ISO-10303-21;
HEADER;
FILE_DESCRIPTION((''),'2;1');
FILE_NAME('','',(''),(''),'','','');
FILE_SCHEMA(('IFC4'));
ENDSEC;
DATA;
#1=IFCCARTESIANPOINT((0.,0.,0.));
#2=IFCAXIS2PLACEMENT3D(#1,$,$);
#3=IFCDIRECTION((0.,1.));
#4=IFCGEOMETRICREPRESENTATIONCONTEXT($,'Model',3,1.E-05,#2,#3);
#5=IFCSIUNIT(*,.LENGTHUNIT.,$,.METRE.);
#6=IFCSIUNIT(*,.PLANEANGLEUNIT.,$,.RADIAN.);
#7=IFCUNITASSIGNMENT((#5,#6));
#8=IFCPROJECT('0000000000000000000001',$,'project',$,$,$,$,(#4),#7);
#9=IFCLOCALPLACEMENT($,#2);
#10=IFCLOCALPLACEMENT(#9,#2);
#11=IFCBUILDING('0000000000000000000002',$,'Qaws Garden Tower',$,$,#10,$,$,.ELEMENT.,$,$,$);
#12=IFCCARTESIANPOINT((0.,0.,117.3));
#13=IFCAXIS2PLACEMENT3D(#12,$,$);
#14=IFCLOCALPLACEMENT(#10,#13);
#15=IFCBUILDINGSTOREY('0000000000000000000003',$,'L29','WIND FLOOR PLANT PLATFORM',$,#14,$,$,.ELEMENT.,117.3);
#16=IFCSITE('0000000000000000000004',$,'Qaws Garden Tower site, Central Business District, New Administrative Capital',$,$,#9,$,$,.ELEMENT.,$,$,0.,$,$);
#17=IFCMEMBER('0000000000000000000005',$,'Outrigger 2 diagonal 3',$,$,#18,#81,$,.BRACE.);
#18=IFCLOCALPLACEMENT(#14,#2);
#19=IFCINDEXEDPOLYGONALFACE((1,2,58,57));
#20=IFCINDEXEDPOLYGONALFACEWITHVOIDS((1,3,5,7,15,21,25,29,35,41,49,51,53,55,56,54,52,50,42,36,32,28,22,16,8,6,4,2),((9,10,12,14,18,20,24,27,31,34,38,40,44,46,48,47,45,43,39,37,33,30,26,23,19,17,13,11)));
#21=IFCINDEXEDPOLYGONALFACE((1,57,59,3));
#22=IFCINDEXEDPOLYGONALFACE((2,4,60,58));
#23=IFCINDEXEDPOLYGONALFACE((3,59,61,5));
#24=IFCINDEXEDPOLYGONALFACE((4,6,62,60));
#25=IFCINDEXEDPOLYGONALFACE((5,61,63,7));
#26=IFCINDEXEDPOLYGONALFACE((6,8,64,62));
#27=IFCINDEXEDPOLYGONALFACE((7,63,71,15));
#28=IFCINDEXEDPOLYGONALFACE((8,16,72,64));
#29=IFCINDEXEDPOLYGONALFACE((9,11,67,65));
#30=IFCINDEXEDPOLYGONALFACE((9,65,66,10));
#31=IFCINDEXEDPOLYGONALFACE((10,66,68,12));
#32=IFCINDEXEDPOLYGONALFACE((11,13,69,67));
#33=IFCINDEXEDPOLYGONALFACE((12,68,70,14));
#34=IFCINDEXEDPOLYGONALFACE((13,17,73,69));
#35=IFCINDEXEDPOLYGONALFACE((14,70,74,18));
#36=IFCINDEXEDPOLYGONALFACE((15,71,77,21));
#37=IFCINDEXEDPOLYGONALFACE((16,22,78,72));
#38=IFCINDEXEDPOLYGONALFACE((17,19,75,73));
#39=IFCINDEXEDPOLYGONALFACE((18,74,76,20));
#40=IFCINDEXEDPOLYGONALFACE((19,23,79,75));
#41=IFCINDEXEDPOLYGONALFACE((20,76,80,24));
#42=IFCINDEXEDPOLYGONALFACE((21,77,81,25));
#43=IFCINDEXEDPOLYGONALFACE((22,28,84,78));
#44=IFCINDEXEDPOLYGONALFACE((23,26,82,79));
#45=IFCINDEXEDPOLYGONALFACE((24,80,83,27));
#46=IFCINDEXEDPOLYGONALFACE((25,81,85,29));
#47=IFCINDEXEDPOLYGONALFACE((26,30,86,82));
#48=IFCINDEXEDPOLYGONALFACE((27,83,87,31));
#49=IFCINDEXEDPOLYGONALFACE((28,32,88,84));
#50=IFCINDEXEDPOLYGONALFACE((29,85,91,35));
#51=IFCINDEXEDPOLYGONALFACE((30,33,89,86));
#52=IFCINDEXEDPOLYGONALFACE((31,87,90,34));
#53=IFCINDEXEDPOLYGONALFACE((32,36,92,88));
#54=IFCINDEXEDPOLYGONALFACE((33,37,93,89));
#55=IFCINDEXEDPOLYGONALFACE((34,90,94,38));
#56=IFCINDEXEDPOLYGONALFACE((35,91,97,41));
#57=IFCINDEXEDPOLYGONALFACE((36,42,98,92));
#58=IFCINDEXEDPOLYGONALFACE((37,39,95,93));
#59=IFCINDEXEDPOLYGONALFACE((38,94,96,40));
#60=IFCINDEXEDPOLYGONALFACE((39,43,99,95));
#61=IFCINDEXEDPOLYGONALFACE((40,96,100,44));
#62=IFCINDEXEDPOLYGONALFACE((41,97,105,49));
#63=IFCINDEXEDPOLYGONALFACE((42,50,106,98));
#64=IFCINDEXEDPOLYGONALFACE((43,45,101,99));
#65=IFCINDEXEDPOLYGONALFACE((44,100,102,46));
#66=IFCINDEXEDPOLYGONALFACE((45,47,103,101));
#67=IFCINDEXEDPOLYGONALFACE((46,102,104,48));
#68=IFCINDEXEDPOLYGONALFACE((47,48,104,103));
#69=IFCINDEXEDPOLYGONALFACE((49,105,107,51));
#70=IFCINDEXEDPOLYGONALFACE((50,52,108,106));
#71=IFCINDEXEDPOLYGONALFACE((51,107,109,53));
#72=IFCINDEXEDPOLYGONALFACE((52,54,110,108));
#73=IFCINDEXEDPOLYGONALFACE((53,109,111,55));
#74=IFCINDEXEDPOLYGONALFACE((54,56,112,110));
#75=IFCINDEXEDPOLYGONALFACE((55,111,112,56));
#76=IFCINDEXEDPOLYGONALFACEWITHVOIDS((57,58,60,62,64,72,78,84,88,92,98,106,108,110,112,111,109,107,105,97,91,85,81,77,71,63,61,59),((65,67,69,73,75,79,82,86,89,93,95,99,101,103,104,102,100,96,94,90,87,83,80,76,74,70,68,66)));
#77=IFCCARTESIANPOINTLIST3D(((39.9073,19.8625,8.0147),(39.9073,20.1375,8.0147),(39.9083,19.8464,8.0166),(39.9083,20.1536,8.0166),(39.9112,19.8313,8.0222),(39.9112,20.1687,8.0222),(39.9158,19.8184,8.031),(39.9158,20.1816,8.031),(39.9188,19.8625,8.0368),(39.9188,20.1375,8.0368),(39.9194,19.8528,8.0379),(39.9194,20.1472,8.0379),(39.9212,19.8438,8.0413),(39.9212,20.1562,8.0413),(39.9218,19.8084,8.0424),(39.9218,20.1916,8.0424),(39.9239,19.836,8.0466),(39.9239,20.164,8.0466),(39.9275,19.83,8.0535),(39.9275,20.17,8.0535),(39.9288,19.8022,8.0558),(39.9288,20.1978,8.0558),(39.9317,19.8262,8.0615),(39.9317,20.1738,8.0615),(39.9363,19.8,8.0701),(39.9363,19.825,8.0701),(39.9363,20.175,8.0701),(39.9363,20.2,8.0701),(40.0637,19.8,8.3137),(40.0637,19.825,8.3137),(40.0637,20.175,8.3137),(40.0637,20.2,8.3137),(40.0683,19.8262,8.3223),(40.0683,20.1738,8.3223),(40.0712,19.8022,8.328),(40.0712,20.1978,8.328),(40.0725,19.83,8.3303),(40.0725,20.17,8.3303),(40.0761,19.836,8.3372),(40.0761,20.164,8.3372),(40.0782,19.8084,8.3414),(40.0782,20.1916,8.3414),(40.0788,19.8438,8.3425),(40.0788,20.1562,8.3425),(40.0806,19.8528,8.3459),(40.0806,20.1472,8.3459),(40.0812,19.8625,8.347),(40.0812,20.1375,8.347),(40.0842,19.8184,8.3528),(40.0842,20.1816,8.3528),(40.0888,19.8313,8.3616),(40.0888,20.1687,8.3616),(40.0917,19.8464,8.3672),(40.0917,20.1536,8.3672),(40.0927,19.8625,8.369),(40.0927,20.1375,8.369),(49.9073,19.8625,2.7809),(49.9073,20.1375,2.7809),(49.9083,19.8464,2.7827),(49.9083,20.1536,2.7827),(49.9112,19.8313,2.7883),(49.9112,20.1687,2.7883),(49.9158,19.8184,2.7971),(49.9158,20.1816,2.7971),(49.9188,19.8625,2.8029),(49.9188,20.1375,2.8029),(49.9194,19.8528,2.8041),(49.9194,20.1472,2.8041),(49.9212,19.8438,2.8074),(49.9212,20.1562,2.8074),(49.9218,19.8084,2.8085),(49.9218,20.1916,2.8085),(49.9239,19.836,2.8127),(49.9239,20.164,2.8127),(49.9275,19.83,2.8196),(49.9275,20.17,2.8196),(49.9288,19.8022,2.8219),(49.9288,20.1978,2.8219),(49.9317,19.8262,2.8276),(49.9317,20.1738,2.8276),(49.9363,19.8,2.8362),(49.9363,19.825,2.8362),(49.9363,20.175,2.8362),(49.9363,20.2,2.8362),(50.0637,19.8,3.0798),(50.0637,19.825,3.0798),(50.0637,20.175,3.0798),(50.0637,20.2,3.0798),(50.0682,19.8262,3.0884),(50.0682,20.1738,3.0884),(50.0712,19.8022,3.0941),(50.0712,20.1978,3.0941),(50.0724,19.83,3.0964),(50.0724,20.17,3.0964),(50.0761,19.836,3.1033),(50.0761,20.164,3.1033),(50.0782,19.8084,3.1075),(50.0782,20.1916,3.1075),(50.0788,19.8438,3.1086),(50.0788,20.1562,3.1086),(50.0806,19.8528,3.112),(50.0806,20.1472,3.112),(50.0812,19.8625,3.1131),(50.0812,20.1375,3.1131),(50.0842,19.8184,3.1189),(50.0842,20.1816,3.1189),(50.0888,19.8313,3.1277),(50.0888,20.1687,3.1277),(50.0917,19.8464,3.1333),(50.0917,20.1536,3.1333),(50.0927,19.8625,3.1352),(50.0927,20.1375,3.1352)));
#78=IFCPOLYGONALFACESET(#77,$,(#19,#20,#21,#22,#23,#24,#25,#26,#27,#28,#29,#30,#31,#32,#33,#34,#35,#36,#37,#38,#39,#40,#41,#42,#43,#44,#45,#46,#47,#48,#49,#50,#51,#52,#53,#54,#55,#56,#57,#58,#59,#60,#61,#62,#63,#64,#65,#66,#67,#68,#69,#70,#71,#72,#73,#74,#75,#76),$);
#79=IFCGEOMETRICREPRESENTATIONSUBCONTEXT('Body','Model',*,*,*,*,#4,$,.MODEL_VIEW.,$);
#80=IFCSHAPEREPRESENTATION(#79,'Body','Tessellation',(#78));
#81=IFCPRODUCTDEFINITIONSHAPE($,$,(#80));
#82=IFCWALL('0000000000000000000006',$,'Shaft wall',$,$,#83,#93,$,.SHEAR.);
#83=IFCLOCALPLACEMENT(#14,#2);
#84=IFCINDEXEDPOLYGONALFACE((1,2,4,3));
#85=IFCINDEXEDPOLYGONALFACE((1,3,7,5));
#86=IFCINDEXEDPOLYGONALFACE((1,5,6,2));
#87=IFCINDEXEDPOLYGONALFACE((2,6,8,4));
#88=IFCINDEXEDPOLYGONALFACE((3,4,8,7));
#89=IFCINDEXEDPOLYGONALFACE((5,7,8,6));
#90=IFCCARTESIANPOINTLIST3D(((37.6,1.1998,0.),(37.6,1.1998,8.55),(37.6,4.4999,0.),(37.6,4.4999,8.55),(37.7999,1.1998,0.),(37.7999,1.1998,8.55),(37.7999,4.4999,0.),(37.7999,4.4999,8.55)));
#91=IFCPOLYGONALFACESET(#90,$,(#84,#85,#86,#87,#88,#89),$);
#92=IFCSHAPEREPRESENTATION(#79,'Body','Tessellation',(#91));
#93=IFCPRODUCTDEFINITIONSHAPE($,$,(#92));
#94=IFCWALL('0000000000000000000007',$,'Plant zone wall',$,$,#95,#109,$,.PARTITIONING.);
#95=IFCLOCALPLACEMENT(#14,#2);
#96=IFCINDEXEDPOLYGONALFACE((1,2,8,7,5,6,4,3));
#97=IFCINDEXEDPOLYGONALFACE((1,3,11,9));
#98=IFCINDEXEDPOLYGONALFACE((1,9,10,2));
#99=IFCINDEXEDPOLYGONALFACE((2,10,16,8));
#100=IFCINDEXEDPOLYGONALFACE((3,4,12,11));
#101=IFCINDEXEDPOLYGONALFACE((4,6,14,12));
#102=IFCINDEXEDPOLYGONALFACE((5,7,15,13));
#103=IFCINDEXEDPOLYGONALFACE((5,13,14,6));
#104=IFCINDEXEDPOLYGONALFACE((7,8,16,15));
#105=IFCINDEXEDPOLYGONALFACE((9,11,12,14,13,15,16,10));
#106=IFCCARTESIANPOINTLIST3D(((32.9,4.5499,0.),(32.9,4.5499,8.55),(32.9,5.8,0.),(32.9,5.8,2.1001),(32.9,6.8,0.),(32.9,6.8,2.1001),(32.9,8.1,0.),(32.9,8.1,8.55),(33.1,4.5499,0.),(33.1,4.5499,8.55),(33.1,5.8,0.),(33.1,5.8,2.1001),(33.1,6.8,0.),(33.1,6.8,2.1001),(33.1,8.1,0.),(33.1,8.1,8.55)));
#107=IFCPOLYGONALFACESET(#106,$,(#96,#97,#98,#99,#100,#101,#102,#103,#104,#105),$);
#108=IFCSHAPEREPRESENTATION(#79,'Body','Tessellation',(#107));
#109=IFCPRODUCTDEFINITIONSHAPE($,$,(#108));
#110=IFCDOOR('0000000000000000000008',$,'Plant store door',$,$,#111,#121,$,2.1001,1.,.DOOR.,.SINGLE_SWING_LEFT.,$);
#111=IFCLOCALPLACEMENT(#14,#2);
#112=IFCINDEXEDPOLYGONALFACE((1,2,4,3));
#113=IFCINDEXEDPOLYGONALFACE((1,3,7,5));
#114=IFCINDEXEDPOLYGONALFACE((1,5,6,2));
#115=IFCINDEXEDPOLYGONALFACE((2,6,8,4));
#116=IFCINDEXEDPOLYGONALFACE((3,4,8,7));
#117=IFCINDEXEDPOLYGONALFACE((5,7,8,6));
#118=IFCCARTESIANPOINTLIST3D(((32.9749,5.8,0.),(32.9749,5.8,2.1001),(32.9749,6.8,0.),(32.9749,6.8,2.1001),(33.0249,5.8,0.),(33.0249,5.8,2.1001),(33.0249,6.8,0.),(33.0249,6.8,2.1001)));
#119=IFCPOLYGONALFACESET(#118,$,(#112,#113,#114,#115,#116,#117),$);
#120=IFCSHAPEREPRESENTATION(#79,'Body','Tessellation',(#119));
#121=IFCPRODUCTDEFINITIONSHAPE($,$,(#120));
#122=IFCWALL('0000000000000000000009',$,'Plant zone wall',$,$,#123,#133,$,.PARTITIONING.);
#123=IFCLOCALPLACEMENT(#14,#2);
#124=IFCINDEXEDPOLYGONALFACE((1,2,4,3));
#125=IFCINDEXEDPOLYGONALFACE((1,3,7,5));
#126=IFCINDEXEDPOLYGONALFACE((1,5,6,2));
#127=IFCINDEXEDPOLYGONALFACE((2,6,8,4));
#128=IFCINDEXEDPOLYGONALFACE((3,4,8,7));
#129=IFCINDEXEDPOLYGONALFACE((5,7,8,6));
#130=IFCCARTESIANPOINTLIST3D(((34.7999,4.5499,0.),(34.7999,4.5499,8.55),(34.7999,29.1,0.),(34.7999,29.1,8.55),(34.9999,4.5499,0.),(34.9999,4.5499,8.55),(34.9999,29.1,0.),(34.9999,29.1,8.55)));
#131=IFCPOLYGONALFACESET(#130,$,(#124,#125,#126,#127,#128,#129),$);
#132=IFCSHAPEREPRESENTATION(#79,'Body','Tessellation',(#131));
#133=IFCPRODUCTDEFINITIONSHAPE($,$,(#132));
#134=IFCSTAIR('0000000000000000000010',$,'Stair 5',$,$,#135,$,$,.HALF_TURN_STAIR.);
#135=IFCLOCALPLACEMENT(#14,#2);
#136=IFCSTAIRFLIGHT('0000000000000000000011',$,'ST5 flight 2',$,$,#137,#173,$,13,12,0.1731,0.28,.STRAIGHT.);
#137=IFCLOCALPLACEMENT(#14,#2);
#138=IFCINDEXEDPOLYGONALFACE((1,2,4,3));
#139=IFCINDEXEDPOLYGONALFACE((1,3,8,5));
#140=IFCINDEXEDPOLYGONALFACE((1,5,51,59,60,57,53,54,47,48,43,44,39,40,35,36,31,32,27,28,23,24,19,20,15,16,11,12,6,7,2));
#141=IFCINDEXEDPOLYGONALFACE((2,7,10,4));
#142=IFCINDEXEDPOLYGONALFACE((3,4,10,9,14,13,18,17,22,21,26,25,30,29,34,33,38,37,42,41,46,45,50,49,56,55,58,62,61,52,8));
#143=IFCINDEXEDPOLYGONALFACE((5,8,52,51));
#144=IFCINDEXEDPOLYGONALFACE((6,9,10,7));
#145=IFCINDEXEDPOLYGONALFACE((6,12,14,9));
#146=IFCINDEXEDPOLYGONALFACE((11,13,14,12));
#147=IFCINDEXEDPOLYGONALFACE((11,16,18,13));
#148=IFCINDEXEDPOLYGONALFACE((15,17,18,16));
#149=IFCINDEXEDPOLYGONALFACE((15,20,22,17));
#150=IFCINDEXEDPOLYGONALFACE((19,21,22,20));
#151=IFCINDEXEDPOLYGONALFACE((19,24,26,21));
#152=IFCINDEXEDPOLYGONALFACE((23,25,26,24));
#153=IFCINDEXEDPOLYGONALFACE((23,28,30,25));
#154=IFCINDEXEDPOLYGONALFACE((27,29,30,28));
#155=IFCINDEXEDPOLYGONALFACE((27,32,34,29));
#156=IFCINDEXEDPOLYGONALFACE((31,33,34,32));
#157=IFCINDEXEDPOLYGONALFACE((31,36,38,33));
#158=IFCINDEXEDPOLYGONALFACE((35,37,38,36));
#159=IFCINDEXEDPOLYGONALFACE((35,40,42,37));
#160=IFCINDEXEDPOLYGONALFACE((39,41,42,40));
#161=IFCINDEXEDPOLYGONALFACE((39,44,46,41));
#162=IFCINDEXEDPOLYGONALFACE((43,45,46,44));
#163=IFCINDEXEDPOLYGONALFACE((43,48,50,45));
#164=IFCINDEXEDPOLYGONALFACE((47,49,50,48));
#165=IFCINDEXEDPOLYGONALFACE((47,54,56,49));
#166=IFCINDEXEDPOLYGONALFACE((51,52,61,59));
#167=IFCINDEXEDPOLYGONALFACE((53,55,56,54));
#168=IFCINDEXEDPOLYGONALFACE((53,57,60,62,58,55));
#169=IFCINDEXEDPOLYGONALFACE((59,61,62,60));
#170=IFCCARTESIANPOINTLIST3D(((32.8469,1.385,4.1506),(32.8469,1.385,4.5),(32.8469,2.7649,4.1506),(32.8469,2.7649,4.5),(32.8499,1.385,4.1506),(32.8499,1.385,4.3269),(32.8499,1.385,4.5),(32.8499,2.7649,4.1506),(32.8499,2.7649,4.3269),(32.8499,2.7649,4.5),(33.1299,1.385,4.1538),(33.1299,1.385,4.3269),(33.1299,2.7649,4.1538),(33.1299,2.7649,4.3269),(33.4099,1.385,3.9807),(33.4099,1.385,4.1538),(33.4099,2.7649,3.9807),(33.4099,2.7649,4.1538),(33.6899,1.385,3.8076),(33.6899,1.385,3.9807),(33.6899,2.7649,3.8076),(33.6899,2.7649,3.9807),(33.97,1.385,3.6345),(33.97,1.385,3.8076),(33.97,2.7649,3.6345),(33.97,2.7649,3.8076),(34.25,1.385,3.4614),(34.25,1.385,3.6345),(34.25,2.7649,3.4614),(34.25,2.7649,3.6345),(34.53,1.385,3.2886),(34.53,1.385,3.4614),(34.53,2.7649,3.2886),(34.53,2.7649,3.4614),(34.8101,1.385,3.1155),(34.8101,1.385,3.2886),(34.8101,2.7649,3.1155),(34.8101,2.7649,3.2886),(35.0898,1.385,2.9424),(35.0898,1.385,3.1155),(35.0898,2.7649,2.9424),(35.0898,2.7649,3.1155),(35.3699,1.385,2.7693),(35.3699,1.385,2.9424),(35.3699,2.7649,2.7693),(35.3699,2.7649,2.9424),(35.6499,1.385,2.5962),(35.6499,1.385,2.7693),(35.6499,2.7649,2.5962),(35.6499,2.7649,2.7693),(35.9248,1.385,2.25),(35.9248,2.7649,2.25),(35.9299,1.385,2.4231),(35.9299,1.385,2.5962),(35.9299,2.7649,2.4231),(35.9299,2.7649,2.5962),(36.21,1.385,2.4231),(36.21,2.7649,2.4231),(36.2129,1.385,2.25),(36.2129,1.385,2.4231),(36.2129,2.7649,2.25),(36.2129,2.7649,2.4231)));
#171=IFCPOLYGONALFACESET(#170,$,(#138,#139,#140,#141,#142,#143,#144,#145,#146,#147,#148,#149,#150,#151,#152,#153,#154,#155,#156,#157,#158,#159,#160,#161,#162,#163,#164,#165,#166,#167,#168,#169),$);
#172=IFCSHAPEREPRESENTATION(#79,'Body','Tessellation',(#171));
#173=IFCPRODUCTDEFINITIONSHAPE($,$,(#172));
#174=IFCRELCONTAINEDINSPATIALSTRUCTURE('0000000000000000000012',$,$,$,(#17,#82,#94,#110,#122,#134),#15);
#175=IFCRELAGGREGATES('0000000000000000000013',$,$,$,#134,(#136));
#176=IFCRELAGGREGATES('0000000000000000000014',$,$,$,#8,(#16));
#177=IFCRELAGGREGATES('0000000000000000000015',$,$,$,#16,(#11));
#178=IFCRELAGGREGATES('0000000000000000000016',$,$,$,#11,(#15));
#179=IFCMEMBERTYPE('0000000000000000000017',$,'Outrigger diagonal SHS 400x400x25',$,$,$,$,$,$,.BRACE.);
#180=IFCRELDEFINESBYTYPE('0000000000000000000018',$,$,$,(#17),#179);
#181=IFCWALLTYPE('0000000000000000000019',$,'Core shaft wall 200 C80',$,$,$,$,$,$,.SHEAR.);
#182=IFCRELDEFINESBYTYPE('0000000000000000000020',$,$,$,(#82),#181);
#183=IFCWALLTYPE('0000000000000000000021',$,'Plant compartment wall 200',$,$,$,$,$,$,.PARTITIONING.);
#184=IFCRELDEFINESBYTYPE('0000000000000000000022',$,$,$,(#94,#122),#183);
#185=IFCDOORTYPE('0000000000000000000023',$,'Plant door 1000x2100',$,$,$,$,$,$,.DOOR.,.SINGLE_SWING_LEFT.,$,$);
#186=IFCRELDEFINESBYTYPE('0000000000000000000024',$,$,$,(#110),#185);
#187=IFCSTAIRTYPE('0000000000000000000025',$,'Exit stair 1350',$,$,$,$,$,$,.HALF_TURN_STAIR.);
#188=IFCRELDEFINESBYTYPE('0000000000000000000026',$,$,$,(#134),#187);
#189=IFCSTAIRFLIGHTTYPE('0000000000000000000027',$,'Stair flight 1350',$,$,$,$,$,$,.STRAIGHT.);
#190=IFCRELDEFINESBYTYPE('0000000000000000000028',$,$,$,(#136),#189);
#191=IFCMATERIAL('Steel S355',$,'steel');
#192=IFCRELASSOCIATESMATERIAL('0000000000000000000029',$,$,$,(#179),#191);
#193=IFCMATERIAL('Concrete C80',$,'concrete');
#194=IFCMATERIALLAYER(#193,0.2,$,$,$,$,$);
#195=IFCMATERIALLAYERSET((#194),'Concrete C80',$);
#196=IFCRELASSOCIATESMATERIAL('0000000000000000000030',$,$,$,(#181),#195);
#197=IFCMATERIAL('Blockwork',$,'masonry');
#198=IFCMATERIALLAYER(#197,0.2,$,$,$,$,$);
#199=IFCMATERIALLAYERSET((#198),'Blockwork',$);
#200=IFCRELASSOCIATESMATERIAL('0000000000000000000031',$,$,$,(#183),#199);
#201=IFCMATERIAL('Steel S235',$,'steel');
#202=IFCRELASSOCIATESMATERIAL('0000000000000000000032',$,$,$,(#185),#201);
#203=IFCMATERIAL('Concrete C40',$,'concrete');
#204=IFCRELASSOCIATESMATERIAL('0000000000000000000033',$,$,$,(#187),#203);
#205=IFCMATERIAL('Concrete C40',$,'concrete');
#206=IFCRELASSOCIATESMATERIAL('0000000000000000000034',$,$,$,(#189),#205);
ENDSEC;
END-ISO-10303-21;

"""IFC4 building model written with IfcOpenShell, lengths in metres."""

from ifc_helpers import new_model, si_unit, direction, frame, frame_2d, origin, origin_2d, place, context, subcontext, project, spatial, polyline, rectangle, hollow_rectangle, outline, extrude, material, layer, layer_set, material_profile, profile_set, type_object, element, fill, aggregate, save


model = new_model("IFC4")

# Units and contexts
model_context = context("Model", 3, precision=1e-05, world=origin(), true_north=direction((0.0, 1.0)))
body_context = subcontext(model_context, "Body", "Model", "MODEL_VIEW")
ifc_project = project(units=[si_unit("LENGTHUNIT", "METRE"), si_unit("PLANEANGLEUNIT", "RADIAN")], contexts=[model_context])

# Site, building, storey
site_placement = place(None, origin())
site = spatial("IfcSite", under=ifc_project, at=site_placement, Name="Qaws Garden Tower site, Central Business District, New Administrative Capital", CompositionType="ELEMENT", RefElevation=0.0)
building_placement = place(site_placement, origin())
building = spatial("IfcBuilding", under=site, at=building_placement, Name="Qaws Garden Tower", CompositionType="ELEMENT")
storey_placement = place(building_placement, frame((0.0, 0.0, 117.3)))
storey = spatial("IfcBuildingStorey", under=building, at=storey_placement, Name="L29", Description="WIND FLOOR PLANT PLATFORM", CompositionType="ELEMENT", Elevation=117.3)

# Member
ifc_material_1 = material(Name="Steel S355", Category="steel")
ifc_material_profile_1 = material_profile(ifc_material_1, hollow_rectangle(XDim=0.3999, YDim=0.3999, WallThickness=0.0249, InnerFilletRadius=0.0376, OuterFilletRadius=0.0625, at=origin_2d()), Name="SHS 400x400x25")
ifc_profile_set_1 = profile_set([ifc_material_profile_1], Name="Steel S355")
member_type_1 = type_object("IfcMemberType", Name="Outrigger diagonal SHS 400x400x25", PredefinedType="BRACE", material=ifc_profile_set_1)
for number, where, z_axis, x_axis, name in (
    (1, (40.0, 20.0, 8.1919), (0.885985, 0.0, -0.463714), (0.0, 1.0, 0.0), "Outrigger 2 diagonal 3"),
):
    element("IfcMember", number, at=place(storey_placement, frame(where, z_axis=z_axis, x_axis=x_axis)), inside=storey, type_object=member_type_1, Name=name, PredefinedType="BRACE", context=body_context, shape_type="SweptSolid", body=[
        extrude(hollow_rectangle(XDim=0.3999, YDim=0.3999, WallThickness=0.0249, InnerFilletRadius=0.0376, OuterFilletRadius=0.0625, at=origin_2d()), origin(), (0.0, 0.0, 1.0), 11.2869),
    ])

# Wall
ifc_material_2 = material(Name="Concrete C80", Category="concrete")
ifc_layer_1 = layer(ifc_material_2, 0.2)
ifc_layer_set_1 = layer_set([ifc_layer_1], Name="Concrete C80")
wall_type_1 = type_object("IfcWallType", Name="Core shaft wall 200 C80", PredefinedType="SHEAR", material=ifc_layer_set_1)
wall_1_placement = place(storey_placement, frame((37.7, 1.2, 0.0), z_axis=(0.0, 0.0, 1.0), x_axis=(0.0, 1.0, 0.0)))
element("IfcWall", 2, at=wall_1_placement, inside=storey, type_object=wall_type_1, Name="Shaft wall", PredefinedType="SHEAR", context=body_context, shape_type="SweptSolid", body=[
    extrude(rectangle(XDim=3.3, YDim=0.2, at=frame_2d((1.6499, 0.0))), origin(), (0.0, 0.0, 1.0), 8.55),
])

# Wall, opening, door
ifc_material_3 = material(Name="Blockwork", Category="masonry")
ifc_layer_2 = layer(ifc_material_3, 0.2)
ifc_layer_set_2 = layer_set([ifc_layer_2], Name="Blockwork")
wall_type_2 = type_object("IfcWallType", Name="Plant compartment wall 200", PredefinedType="PARTITIONING", material=ifc_layer_set_2)
wall_2_placement = place(storey_placement, frame((33.0, 4.55, 0.0), z_axis=(0.0, 0.0, 1.0), x_axis=(0.0, 1.0, 0.0)))
wall_2 = element("IfcWall", 3, at=wall_2_placement, inside=storey, type_object=wall_type_2, Name="Plant zone wall", PredefinedType="PARTITIONING", context=body_context, shape_type="SweptSolid", body=[
    extrude(rectangle(XDim=3.55, YDim=0.2, at=frame_2d((1.7749, 0.0))), origin(), (0.0, 0.0, 1.0), 8.55),
])
opening_placement = place(wall_2_placement, frame((1.25, 0.0, 0.0)))
opening = element("IfcOpeningElement", 4, at=opening_placement, cuts=wall_2, PredefinedType="OPENING", context=body_context, shape_type="SweptSolid", body=[
    extrude(rectangle(XDim=1.0, YDim=2.1001, at=frame_2d((0.5, 1.05))), frame((0.0, 0.1099, 0.0), z_axis=(0.0, -1.0, 0.0), x_axis=(1.0, 0.0, 0.0)), (0.0, 0.0, 1.0), 0.22),
])
ifc_material_4 = material(Name="Steel S235", Category="steel")
door_type = type_object("IfcDoorType", Name="Plant door 1000x2100", OperationType="SINGLE_SWING_LEFT", PredefinedType="DOOR", material=ifc_material_4)
door_placement = place(opening_placement, frame((1.0, 0.0, 0.0), z_axis=(0.0, 0.0, 1.0), x_axis=(-1.0, 0.0, 0.0)))
door = element("IfcDoor", 5, at=door_placement, inside=storey, type_object=door_type, Name="Plant store door", OperationType="SINGLE_SWING_LEFT", OverallHeight=2.1001, OverallWidth=1.0, PredefinedType="DOOR", context=body_context, shape_type="SweptSolid", body=[
    extrude(rectangle(XDim=1.0, YDim=2.1001, at=frame_2d((0.5, 1.05))), frame((0.0, 0.0249, 0.0), z_axis=(0.0, -1.0, 0.0), x_axis=(1.0, 0.0, 0.0)), (0.0, 0.0, 1.0), 0.05),
])
fill(opening, door)

# Wall
wall_3_placement = place(storey_placement, frame((34.8999, 4.55, 0.0), z_axis=(0.0, 0.0, 1.0), x_axis=(0.0, 1.0, 0.0)))
element("IfcWall", 6, at=wall_3_placement, inside=storey, type_object=wall_type_2, Name="Plant zone wall", PredefinedType="PARTITIONING", context=body_context, shape_type="SweptSolid", body=[
    extrude(rectangle(XDim=24.55, YDim=0.2, at=frame_2d((12.2749, 0.0))), origin(), (0.0, 0.0, 1.0), 8.55),
])

# Stair, stair flight
ifc_material_5 = material(Name="Concrete C40", Category="concrete")
stair_type = type_object("IfcStairType", Name="Exit stair 1350", PredefinedType="HALF_TURN_STAIR", material=ifc_material_5)
stair_placement = place(storey_placement, origin())
stair = element("IfcStair", 7, at=stair_placement, inside=storey, type_object=stair_type, Name="Stair 5", PredefinedType="HALF_TURN_STAIR")
ifc_material_6 = material(Name="Concrete C40", Category="concrete")
stair_flight_type = type_object("IfcStairFlightType", Name="Stair flight 1350", PredefinedType="STRAIGHT", material=ifc_material_6)
stair_flight_1_placement = place(storey_placement, frame((36.21, 2.075, 2.25), z_axis=(0.0, 0.0, 1.0), x_axis=(-1.0, 0.0, 0.0)))
stair_flight_1 = element("IfcStairFlight", 8, at=stair_flight_1_placement, type_object=stair_flight_type, Name="ST5 flight 2", NumberOfRisers=13, NumberOfTreads=12, PredefinedType="STRAIGHT", RiserHeight=0.1731, TreadLength=0.28, context=body_context, shape_type="SweptSolid", body=[
    extrude(outline(polyline([(-0.0029, 0.0), (-0.0029, 0.1731), (0.0, 0.1731), (0.28, 0.1731), (0.28, 0.3462), (0.5601, 0.3462), (0.5601, 0.5193), (0.8401, 0.5193), (0.8401, 0.6924), (1.1201, 0.6924), (1.1201, 0.8655), (1.3999, 0.8655), (1.3999, 1.0386), (1.6799, 1.0386), (1.6799, 1.2114), (1.96, 1.2114), (1.96, 1.3845), (2.24, 1.3845), (2.24, 1.5576), (2.52, 1.5576), (2.52, 1.7307), (2.8, 1.7307), (2.8, 1.9038), (3.0801, 1.9038), (3.0801, 2.0769), (3.3601, 2.0769), (3.3601, 2.25), (3.363, 2.25), (3.363, 1.9006), (3.3601, 1.9006), (0.2852, 0.0), (-0.0029, 0.0)])), frame((0.0, 0.6899, 0.0), z_axis=(0.0, -1.0, 0.0), x_axis=(1.0, 0.0, 0.0)), (0.0, 0.0, 1.0), 1.3799),
])
aggregate(stair, [stair_flight_1])

save(model, "model.ifc")
